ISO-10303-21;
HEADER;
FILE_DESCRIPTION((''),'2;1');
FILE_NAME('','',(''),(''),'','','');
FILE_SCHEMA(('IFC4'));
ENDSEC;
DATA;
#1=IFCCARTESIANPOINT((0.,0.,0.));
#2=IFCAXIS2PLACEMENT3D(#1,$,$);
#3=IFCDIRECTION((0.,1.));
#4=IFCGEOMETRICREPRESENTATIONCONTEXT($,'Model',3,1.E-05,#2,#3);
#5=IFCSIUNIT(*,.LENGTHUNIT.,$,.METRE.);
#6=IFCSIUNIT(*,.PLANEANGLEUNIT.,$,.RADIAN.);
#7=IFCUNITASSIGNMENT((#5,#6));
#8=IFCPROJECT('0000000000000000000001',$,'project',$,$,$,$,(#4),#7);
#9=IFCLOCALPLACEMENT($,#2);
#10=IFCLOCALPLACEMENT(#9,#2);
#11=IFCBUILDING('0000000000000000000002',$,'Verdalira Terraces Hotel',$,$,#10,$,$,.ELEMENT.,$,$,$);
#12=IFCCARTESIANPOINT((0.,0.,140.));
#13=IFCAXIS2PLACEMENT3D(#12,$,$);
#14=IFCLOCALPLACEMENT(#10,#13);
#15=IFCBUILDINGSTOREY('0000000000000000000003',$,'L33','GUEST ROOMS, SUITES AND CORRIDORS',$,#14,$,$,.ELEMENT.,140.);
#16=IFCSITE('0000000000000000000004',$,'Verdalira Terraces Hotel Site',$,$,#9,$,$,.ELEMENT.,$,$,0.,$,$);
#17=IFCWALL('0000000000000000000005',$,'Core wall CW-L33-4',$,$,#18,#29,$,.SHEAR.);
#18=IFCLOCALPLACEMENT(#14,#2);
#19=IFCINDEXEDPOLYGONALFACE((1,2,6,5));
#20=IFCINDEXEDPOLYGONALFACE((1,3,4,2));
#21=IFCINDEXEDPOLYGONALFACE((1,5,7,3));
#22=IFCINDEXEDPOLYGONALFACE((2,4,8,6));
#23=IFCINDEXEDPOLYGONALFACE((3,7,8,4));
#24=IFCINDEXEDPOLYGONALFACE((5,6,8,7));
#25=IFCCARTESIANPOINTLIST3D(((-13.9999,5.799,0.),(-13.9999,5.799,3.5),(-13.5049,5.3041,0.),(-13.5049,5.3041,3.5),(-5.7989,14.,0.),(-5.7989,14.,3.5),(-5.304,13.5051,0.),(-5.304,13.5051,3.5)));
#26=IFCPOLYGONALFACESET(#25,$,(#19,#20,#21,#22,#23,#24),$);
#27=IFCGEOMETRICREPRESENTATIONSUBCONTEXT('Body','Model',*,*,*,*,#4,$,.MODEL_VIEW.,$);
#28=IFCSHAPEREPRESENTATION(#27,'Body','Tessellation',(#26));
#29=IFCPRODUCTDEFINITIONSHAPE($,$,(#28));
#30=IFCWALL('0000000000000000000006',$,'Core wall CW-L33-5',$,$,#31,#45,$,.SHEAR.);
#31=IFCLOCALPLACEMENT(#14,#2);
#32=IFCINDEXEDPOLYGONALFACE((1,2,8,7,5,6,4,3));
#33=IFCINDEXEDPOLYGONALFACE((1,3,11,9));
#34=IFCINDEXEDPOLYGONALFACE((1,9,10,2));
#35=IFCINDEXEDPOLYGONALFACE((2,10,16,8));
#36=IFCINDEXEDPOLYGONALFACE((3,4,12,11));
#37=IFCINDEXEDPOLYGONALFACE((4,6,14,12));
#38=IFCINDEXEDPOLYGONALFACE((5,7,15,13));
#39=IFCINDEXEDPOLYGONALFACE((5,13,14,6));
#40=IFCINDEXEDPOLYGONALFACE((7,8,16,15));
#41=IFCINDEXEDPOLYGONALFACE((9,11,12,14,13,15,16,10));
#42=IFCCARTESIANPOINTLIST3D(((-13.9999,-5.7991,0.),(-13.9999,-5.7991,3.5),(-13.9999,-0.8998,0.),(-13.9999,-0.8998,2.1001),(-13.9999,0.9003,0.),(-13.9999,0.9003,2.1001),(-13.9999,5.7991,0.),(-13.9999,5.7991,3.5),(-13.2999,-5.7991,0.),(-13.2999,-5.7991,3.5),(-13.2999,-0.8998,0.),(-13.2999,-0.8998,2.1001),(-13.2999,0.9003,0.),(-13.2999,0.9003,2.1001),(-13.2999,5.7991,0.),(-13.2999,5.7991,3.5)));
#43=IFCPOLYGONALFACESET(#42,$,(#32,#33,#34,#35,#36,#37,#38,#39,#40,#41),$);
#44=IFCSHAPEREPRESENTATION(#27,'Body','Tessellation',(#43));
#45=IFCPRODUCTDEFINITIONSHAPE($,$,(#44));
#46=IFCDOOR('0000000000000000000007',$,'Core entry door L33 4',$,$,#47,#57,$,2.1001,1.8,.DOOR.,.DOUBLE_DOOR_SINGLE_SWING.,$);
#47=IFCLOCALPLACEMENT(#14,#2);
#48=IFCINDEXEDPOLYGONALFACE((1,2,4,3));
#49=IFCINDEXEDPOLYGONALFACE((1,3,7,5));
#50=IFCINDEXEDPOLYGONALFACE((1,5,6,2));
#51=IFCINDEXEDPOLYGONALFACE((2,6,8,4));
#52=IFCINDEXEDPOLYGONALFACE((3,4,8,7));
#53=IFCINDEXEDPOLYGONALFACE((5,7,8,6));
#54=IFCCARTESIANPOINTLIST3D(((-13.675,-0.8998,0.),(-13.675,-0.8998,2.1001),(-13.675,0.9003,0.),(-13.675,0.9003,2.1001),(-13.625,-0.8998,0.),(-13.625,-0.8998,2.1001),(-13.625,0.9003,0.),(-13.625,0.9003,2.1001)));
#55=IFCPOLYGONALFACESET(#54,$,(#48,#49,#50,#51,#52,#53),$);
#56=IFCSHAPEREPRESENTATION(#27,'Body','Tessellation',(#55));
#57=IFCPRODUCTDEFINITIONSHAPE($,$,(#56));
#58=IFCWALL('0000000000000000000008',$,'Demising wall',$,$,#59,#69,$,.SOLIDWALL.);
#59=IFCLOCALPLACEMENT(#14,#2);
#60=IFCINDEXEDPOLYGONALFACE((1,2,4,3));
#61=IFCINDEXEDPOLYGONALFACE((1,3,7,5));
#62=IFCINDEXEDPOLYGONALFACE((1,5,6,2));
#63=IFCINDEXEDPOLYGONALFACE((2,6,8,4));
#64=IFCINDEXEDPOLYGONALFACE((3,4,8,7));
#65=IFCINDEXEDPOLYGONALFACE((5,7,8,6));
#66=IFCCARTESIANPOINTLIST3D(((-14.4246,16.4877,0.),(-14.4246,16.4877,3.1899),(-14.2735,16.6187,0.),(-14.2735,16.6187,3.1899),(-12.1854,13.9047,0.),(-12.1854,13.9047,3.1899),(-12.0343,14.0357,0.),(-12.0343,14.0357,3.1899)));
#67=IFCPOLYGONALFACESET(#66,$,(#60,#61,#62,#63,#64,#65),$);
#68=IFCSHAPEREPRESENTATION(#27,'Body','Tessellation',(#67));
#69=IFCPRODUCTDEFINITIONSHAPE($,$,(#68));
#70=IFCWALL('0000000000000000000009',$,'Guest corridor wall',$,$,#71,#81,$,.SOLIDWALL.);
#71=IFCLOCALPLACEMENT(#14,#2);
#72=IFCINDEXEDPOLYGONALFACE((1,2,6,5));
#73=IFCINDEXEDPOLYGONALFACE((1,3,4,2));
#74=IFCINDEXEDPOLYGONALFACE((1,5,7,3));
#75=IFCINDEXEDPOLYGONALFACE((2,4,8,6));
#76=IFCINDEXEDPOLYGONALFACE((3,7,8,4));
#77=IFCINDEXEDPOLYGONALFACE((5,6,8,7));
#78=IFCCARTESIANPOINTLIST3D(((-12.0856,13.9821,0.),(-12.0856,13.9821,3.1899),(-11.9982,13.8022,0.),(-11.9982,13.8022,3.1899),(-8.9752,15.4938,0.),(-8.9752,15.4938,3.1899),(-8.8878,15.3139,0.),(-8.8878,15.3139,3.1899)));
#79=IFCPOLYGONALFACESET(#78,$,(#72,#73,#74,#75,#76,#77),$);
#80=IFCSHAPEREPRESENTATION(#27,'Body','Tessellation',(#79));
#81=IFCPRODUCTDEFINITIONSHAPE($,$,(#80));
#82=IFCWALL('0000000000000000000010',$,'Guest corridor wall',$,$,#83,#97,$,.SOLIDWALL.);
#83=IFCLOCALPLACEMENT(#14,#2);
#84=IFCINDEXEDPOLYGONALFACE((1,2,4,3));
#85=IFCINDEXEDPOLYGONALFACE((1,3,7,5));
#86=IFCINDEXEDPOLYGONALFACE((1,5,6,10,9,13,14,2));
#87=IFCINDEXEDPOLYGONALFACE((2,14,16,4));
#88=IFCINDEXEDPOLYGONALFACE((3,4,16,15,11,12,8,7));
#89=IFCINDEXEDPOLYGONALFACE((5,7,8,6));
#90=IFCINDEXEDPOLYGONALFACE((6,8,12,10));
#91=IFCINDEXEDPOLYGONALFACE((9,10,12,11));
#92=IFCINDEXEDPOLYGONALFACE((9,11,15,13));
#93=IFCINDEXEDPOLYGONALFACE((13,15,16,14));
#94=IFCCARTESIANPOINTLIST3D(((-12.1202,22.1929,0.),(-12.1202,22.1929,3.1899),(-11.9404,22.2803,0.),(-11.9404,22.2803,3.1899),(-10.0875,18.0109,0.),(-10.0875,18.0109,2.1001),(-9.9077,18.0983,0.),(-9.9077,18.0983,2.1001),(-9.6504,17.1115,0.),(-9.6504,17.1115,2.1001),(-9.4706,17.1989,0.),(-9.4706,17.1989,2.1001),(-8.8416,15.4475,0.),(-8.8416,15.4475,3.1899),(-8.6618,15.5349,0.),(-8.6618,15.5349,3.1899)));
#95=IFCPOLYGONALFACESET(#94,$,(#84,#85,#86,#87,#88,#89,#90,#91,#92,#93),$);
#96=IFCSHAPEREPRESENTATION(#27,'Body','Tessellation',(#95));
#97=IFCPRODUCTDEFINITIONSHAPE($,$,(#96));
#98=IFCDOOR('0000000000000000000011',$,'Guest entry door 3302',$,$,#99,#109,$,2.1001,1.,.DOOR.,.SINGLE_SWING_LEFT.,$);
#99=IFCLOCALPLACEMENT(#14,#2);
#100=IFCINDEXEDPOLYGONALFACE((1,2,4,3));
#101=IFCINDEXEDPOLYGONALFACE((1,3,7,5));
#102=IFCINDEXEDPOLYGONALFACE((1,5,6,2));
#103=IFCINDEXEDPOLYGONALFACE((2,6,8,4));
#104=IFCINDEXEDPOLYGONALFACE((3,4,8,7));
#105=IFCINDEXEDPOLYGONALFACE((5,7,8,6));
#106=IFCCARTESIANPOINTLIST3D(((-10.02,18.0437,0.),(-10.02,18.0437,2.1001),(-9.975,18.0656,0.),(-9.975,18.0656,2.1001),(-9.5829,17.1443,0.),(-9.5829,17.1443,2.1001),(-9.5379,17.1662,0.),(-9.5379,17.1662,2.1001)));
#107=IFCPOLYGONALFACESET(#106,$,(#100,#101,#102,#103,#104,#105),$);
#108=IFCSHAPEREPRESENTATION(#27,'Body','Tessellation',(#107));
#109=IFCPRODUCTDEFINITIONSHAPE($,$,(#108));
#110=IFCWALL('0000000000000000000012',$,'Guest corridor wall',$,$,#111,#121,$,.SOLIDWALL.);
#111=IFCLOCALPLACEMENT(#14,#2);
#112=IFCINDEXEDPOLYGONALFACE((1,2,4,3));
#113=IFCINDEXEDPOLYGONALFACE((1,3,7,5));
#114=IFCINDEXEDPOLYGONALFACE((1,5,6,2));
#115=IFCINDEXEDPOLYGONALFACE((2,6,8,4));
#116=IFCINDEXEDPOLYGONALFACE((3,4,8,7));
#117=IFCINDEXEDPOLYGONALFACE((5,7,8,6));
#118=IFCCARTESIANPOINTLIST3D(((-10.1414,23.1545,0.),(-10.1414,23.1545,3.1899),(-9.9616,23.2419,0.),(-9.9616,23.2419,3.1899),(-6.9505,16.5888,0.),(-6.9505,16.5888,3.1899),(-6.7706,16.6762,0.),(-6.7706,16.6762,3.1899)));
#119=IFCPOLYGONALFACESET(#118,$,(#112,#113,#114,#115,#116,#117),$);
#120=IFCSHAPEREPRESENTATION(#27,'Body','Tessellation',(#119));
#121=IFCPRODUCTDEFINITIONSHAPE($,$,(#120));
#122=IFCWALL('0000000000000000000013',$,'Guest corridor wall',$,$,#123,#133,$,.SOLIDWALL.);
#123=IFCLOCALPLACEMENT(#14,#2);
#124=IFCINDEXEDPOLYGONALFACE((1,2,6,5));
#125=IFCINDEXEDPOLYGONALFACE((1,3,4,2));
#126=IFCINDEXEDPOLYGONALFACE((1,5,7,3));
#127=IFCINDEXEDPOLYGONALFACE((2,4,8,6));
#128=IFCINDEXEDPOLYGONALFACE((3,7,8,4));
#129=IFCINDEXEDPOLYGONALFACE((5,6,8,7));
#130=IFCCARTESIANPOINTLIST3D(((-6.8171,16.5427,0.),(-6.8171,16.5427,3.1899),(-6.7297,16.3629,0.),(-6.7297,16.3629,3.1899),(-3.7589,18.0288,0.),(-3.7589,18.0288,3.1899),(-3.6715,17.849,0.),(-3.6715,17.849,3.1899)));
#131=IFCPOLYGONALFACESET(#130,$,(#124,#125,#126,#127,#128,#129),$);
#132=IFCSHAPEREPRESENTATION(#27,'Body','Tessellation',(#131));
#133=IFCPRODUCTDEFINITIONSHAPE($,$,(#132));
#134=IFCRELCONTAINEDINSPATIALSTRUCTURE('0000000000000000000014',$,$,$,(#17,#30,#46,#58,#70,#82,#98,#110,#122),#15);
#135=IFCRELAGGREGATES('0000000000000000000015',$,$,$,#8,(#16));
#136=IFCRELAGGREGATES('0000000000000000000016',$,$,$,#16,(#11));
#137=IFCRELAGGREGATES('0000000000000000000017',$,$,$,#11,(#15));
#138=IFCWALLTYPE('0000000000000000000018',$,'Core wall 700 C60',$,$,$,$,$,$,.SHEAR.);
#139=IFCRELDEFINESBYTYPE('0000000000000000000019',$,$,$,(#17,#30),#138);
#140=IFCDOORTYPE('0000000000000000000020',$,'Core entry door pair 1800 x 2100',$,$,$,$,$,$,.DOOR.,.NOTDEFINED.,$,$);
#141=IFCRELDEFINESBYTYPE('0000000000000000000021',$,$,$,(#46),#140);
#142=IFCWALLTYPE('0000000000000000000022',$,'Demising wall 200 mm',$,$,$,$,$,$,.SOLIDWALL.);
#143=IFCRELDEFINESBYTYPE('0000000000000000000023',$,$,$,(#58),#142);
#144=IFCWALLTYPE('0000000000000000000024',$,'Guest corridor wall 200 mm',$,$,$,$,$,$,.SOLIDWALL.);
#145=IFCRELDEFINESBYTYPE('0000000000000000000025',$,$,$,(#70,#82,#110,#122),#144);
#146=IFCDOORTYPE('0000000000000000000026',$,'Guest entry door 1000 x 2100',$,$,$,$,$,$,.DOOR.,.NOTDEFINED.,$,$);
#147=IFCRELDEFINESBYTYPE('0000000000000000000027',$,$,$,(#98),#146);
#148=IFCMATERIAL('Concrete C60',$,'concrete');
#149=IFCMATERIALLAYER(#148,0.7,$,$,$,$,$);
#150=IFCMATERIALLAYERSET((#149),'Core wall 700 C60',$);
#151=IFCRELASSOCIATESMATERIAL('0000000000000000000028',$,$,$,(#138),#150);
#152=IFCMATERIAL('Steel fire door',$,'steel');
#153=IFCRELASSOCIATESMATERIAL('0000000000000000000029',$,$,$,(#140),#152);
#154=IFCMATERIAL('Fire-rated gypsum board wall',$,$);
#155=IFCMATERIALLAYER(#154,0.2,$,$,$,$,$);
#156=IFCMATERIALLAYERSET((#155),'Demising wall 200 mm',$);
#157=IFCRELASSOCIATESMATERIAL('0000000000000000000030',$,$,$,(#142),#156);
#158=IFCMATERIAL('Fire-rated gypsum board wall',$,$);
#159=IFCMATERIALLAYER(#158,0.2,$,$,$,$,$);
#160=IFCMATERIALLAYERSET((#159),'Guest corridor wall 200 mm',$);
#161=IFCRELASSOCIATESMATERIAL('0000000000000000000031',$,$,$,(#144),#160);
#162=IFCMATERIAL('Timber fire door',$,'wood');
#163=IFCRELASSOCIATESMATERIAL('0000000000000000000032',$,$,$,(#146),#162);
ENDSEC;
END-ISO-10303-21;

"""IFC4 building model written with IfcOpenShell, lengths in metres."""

from ifc_helpers import new_model, si_unit, direction, frame, frame_2d, origin, place, context, subcontext, project, spatial, rectangle, extrude, material, layer, layer_set, type_object, element, fill, save


model = new_model("IFC4")

# Units and contexts
model_context = context("Model", 3, precision=1e-05, world=origin(), true_north=direction((0.0, 1.0)))
body_context = subcontext(model_context, "Body", "Model", "MODEL_VIEW")
ifc_project = project(units=[si_unit("LENGTHUNIT", "METRE"), si_unit("PLANEANGLEUNIT", "RADIAN")], contexts=[model_context])

# Site, building, storey
site_placement = place(None, origin())
site = spatial("IfcSite", under=ifc_project, at=site_placement, Name="Verdalira Terraces Hotel Site", CompositionType="ELEMENT", RefElevation=0.0)
building_placement = place(site_placement, origin())
building = spatial("IfcBuilding", under=site, at=building_placement, Name="Verdalira Terraces Hotel", CompositionType="ELEMENT")
storey_placement = place(building_placement, frame((0.0, 0.0, 140.0)))
storey = spatial("IfcBuildingStorey", under=building, at=storey_placement, Name="L33", Description="GUEST ROOMS, SUITES AND CORRIDORS", CompositionType="ELEMENT", Elevation=140.0)

# Wall
ifc_material_1 = material(Name="Concrete C60", Category="concrete")
ifc_layer_1 = layer(ifc_material_1, 0.7)
ifc_layer_set_1 = layer_set([ifc_layer_1], Name="Core wall 700 C60")
wall_type_1 = type_object("IfcWallType", Name="Core wall 700 C60", PredefinedType="SHEAR", material=ifc_layer_set_1)
wall_1_placement = place(storey_placement, frame((-5.5515, 13.7524, 0.0), z_axis=(0.0, 0.0, 1.0), x_axis=(-0.707107, -0.707107, 0.0)))
element("IfcWall", 1, at=wall_1_placement, inside=storey, type_object=wall_type_1, Name="Core wall CW-L33-4", PredefinedType="SHEAR", context=body_context, shape_type="SweptSolid", body=[
    extrude(rectangle(XDim=11.5979, YDim=0.7, at=frame_2d((5.7988, 0.0))), origin(), (0.0, 0.0, 1.0), 3.5),
])

# Wall, opening, door
wall_2_placement = place(storey_placement, frame((-13.6499, 5.7991, 0.0), z_axis=(0.0, 0.0, 1.0), x_axis=(0.0, -1.0, 0.0)))
wall_2 = element("IfcWall", 2, at=wall_2_placement, inside=storey, type_object=wall_type_1, Name="Core wall CW-L33-5", PredefinedType="SHEAR", context=body_context, shape_type="SweptSolid", body=[
    extrude(rectangle(XDim=11.5981, YDim=0.7, at=frame_2d((5.7991, 0.0))), origin(), (0.0, 0.0, 1.0), 3.5),
])
opening_1_placement = place(wall_2_placement, frame((4.8989, 0.0, 0.0)))
opening_1 = element("IfcOpeningElement", 3, at=opening_1_placement, cuts=wall_2, PredefinedType="OPENING", context=body_context, shape_type="SweptSolid", body=[
    extrude(rectangle(XDim=1.8, YDim=2.1001, at=frame_2d((0.8999, 1.05))), frame((0.0, 0.3599, 0.0), z_axis=(0.0, -1.0, 0.0), x_axis=(1.0, 0.0, 0.0)), (0.0, 0.0, 1.0), 0.72),
])
ifc_material_2 = material(Name="Steel fire door", Category="steel")
door_type_1 = type_object("IfcDoorType", Name="Core entry door pair 1800 x 2100", OperationType="NOTDEFINED", PredefinedType="DOOR", material=ifc_material_2)
door_1_placement = place(opening_1_placement, origin())
door_1 = element("IfcDoor", 4, at=door_1_placement, inside=storey, type_object=door_type_1, Name="Core entry door L33 4", OperationType="DOUBLE_DOOR_SINGLE_SWING", OverallHeight=2.1001, OverallWidth=1.8, PredefinedType="DOOR", context=body_context, shape_type="SweptSolid", body=[
    extrude(rectangle(XDim=1.8, YDim=2.1001, at=frame_2d((0.8999, 1.05))), frame((0.0, 0.0249, 0.0), z_axis=(0.0, -1.0, 0.0), x_axis=(1.0, 0.0, 0.0)), (0.0, 0.0, 1.0), 0.05),
])
fill(opening_1, door_1)

# Walls
ifc_material_3 = material(Name="Fire-rated gypsum board wall")
ifc_layer_2 = layer(ifc_material_3, 0.2)
ifc_layer_set_2 = layer_set([ifc_layer_2], Name="Demising wall 200 mm")
wall_type_2 = type_object("IfcWallType", Name="Demising wall 200 mm", PredefinedType="SOLIDWALL", material=ifc_layer_set_2)
wall_3_placement = place(storey_placement, frame((-12.1099, 13.9702, 0.0), z_axis=(0.0, 0.0, 1.0), x_axis=(-0.655039, 0.755595, 0.0)))
element("IfcWall", 5, at=wall_3_placement, inside=storey, type_object=wall_type_2, Name="Demising wall", PredefinedType="SOLIDWALL", context=body_context, shape_type="SweptSolid", body=[
    extrude(rectangle(XDim=3.4185, YDim=0.2, at=frame_2d((1.7092, 0.0))), origin(), (0.0, 0.0, 1.0), 3.1899),
])
ifc_material_4 = material(Name="Fire-rated gypsum board wall")
ifc_layer_3 = layer(ifc_material_4, 0.2)
ifc_layer_set_3 = layer_set([ifc_layer_3], Name="Guest corridor wall 200 mm")
wall_type_3 = type_object("IfcWallType", Name="Guest corridor wall 200 mm", PredefinedType="SOLIDWALL", material=ifc_layer_set_3)
wall_4_placement = place(storey_placement, frame((-8.9316, 15.4038, 0.0), z_axis=(0.0, 0.0, 1.0), x_axis=(-0.899397, -0.437132, 0.0)))
element("IfcWall", 6, at=wall_4_placement, inside=storey, type_object=wall_type_3, Name="Guest corridor wall", PredefinedType="SOLIDWALL", context=body_context, shape_type="SweptSolid", body=[
    extrude(rectangle(XDim=3.4583, YDim=0.2, at=frame_2d((1.729, 0.0))), origin(), (0.0, 0.0, 1.0), 3.1899),
])

# Wall, opening, door
wall_5_placement = place(storey_placement, frame((-8.7517, 15.4912, 0.0), z_axis=(0.0, 0.0, 1.0), x_axis=(-0.437146, 0.89939, 0.0)))
wall_5 = element("IfcWall", 7, at=wall_5_placement, inside=storey, type_object=wall_type_3, Name="Guest corridor wall", PredefinedType="SOLIDWALL", context=body_context, shape_type="SweptSolid", body=[
    extrude(rectangle(XDim=7.5, YDim=0.2, at=frame_2d((3.75, 0.0))), origin(), (0.0, 0.0, 1.0), 3.1899),
])
opening_2_placement = place(wall_5_placement, frame((1.8501, 0.0, 0.0)))
opening_2 = element("IfcOpeningElement", 8, at=opening_2_placement, cuts=wall_5, PredefinedType="OPENING", context=body_context, shape_type="SweptSolid", body=[
    extrude(rectangle(XDim=1.0, YDim=2.1001, at=frame_2d((0.5, 1.05))), frame((0.0, 0.1099, 0.0), z_axis=(0.0, -1.0, 0.0), x_axis=(1.0, 0.0, 0.0)), (0.0, 0.0, 1.0), 0.22),
])
ifc_material_5 = material(Name="Timber fire door", Category="wood")
door_type_2 = type_object("IfcDoorType", Name="Guest entry door 1000 x 2100", OperationType="NOTDEFINED", PredefinedType="DOOR", material=ifc_material_5)
door_2_placement = place(opening_2_placement, origin())
door_2 = element("IfcDoor", 9, at=door_2_placement, inside=storey, type_object=door_type_2, Name="Guest entry door 3302", OperationType="SINGLE_SWING_LEFT", OverallHeight=2.1001, OverallWidth=1.0, PredefinedType="DOOR", context=body_context, shape_type="SweptSolid", body=[
    extrude(rectangle(XDim=1.0, YDim=2.1001, at=frame_2d((0.5, 1.05))), frame((0.0, 0.0249, 0.0), z_axis=(0.0, -1.0, 0.0), x_axis=(1.0, 0.0, 0.0)), (0.0, 0.0, 1.0), 0.05),
])
fill(opening_2, door_2)

# Walls
wall_6_placement = place(storey_placement, frame((-6.8606, 16.6326, 0.0), z_axis=(0.0, 0.0, 1.0), x_axis=(-0.437112, 0.899407, 0.0)))
element("IfcWall", 10, at=wall_6_placement, inside=storey, type_object=wall_type_3, Name="Guest corridor wall", PredefinedType="SOLIDWALL", context=body_context, shape_type="SweptSolid", body=[
    extrude(rectangle(XDim=7.3, YDim=0.2, at=frame_2d((3.6499, 0.0))), origin(), (0.0, 0.0, 1.0), 3.1899),
])
wall_7_placement = place(storey_placement, frame((-3.7151, 17.939, 0.0), z_axis=(0.0, 0.0, 1.0), x_axis=(-0.899425, -0.437075, 0.0)))
element("IfcWall", 11, at=wall_7_placement, inside=storey, type_object=wall_type_3, Name="Guest corridor wall", PredefinedType="SOLIDWALL", context=body_context, shape_type="SweptSolid", body=[
    extrude(rectangle(XDim=3.4001, YDim=0.2, at=frame_2d((1.7002, 0.0))), origin(), (0.0, 0.0, 1.0), 3.1899),
])

save(model, "model.ifc")
